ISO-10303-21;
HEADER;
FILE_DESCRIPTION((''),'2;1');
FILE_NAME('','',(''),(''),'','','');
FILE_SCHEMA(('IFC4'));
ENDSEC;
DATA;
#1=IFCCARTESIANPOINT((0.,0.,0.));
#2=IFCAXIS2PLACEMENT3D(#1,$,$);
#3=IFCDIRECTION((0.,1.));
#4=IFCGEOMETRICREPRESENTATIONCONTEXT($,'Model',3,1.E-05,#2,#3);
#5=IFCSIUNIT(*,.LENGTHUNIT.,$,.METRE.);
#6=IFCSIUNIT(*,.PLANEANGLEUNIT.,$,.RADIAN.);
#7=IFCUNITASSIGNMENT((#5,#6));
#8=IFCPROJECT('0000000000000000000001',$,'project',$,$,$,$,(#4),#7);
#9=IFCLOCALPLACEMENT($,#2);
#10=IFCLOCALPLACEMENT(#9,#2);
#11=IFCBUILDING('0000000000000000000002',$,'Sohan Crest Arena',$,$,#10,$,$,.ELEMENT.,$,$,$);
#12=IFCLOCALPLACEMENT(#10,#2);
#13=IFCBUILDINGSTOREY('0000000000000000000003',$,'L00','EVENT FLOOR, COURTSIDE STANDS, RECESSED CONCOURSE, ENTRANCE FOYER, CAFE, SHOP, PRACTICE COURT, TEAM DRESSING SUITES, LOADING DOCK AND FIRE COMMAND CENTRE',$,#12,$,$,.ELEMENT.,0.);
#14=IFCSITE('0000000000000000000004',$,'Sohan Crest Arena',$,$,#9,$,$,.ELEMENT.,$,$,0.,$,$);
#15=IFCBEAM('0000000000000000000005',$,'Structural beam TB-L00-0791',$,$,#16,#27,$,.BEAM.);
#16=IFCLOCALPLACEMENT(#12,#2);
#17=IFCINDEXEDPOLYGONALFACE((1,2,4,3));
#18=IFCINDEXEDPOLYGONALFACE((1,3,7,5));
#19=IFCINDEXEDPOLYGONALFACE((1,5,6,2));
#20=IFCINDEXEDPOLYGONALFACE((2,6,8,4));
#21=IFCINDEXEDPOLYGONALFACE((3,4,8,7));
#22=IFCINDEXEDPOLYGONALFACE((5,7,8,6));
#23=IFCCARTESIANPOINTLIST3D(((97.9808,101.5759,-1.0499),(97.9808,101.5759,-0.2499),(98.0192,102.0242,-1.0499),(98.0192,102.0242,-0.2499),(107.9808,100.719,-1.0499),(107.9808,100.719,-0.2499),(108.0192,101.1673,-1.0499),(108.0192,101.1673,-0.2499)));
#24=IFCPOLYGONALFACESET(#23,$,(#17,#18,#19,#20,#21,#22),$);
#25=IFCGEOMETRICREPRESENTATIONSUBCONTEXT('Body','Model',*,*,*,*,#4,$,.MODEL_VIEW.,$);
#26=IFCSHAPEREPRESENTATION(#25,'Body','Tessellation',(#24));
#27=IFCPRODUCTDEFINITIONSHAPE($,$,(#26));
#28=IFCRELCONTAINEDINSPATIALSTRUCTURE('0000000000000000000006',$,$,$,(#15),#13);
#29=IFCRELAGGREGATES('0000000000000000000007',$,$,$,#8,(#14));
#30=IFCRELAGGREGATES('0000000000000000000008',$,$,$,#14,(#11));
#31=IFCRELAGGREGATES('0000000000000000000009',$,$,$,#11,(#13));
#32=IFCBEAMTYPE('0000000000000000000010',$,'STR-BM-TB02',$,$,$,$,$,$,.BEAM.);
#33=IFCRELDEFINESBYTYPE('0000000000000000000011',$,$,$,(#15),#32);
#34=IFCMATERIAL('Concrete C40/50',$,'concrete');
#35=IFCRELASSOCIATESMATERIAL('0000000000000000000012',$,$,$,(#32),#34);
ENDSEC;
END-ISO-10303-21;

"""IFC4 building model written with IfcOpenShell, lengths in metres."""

from ifc_helpers import new_model, si_unit, direction, frame, origin, origin_2d, place, context, subcontext, project, spatial, rectangle, extrude, material, material_profile, profile_set, type_object, element, save


model = new_model("IFC4")

# Units and contexts
model_context = context("Model", 3, precision=1e-05, world=origin(), true_north=direction((0.0, 1.0)))
body_context = subcontext(model_context, "Body", "Model", "MODEL_VIEW")
ifc_project = project(units=[si_unit("LENGTHUNIT", "METRE"), si_unit("PLANEANGLEUNIT", "RADIAN")], contexts=[model_context])

# Site, building, storey
site_placement = place(None, origin())
site = spatial("IfcSite", under=ifc_project, at=site_placement, Name="Sohan Crest Arena", CompositionType="ELEMENT", RefElevation=0.0)
building_placement = place(site_placement, origin())
building = spatial("IfcBuilding", under=site, at=building_placement, Name="Sohan Crest Arena", CompositionType="ELEMENT")
storey_placement = place(building_placement, origin())
storey = spatial("IfcBuildingStorey", under=building, at=storey_placement, Name="L00", Description="EVENT FLOOR, COURTSIDE STANDS, RECESSED CONCOURSE, ENTRANCE FOYER, CAFE, SHOP, PRACTICE COURT, TEAM DRESSING SUITES, LOADING DOCK AND FIRE COMMAND CENTRE", CompositionType="ELEMENT", Elevation=0.0)

# Shared definitions
ifc_material_1 = material(Name="Concrete C40/50", Category="concrete")

# Beam
ifc_material_profile_1 = material_profile(ifc_material_1, rectangle(XDim=0.45, YDim=0.8, at=origin_2d()), Name="RC-BM 450x800")
ifc_profile_set_1 = profile_set([ifc_material_profile_1], Name="Concrete C40/50")
beam_type_1 = type_object("IfcBeamType", Name="STR-BM-TB02", PredefinedType="BEAM", material=ifc_profile_set_1)
beam_1_placement = place(storey_placement, frame((108.0, 100.9431, -0.6499), z_axis=(-0.996348, 0.08538, 0.0), x_axis=(-0.08538, -0.996348, 0.0)))
element("IfcBeam", 1, at=beam_1_placement, inside=storey, type_object=beam_type_1, Name="Structural beam TB-L00-0791", PredefinedType="BEAM", context=body_context, shape_type="SweptSolid", body=[
    extrude(rectangle(XDim=0.45, YDim=0.8, at=origin_2d()), origin(), (0.0, 0.0, 1.0), 10.0366),
])

save(model, "model.ifc")
